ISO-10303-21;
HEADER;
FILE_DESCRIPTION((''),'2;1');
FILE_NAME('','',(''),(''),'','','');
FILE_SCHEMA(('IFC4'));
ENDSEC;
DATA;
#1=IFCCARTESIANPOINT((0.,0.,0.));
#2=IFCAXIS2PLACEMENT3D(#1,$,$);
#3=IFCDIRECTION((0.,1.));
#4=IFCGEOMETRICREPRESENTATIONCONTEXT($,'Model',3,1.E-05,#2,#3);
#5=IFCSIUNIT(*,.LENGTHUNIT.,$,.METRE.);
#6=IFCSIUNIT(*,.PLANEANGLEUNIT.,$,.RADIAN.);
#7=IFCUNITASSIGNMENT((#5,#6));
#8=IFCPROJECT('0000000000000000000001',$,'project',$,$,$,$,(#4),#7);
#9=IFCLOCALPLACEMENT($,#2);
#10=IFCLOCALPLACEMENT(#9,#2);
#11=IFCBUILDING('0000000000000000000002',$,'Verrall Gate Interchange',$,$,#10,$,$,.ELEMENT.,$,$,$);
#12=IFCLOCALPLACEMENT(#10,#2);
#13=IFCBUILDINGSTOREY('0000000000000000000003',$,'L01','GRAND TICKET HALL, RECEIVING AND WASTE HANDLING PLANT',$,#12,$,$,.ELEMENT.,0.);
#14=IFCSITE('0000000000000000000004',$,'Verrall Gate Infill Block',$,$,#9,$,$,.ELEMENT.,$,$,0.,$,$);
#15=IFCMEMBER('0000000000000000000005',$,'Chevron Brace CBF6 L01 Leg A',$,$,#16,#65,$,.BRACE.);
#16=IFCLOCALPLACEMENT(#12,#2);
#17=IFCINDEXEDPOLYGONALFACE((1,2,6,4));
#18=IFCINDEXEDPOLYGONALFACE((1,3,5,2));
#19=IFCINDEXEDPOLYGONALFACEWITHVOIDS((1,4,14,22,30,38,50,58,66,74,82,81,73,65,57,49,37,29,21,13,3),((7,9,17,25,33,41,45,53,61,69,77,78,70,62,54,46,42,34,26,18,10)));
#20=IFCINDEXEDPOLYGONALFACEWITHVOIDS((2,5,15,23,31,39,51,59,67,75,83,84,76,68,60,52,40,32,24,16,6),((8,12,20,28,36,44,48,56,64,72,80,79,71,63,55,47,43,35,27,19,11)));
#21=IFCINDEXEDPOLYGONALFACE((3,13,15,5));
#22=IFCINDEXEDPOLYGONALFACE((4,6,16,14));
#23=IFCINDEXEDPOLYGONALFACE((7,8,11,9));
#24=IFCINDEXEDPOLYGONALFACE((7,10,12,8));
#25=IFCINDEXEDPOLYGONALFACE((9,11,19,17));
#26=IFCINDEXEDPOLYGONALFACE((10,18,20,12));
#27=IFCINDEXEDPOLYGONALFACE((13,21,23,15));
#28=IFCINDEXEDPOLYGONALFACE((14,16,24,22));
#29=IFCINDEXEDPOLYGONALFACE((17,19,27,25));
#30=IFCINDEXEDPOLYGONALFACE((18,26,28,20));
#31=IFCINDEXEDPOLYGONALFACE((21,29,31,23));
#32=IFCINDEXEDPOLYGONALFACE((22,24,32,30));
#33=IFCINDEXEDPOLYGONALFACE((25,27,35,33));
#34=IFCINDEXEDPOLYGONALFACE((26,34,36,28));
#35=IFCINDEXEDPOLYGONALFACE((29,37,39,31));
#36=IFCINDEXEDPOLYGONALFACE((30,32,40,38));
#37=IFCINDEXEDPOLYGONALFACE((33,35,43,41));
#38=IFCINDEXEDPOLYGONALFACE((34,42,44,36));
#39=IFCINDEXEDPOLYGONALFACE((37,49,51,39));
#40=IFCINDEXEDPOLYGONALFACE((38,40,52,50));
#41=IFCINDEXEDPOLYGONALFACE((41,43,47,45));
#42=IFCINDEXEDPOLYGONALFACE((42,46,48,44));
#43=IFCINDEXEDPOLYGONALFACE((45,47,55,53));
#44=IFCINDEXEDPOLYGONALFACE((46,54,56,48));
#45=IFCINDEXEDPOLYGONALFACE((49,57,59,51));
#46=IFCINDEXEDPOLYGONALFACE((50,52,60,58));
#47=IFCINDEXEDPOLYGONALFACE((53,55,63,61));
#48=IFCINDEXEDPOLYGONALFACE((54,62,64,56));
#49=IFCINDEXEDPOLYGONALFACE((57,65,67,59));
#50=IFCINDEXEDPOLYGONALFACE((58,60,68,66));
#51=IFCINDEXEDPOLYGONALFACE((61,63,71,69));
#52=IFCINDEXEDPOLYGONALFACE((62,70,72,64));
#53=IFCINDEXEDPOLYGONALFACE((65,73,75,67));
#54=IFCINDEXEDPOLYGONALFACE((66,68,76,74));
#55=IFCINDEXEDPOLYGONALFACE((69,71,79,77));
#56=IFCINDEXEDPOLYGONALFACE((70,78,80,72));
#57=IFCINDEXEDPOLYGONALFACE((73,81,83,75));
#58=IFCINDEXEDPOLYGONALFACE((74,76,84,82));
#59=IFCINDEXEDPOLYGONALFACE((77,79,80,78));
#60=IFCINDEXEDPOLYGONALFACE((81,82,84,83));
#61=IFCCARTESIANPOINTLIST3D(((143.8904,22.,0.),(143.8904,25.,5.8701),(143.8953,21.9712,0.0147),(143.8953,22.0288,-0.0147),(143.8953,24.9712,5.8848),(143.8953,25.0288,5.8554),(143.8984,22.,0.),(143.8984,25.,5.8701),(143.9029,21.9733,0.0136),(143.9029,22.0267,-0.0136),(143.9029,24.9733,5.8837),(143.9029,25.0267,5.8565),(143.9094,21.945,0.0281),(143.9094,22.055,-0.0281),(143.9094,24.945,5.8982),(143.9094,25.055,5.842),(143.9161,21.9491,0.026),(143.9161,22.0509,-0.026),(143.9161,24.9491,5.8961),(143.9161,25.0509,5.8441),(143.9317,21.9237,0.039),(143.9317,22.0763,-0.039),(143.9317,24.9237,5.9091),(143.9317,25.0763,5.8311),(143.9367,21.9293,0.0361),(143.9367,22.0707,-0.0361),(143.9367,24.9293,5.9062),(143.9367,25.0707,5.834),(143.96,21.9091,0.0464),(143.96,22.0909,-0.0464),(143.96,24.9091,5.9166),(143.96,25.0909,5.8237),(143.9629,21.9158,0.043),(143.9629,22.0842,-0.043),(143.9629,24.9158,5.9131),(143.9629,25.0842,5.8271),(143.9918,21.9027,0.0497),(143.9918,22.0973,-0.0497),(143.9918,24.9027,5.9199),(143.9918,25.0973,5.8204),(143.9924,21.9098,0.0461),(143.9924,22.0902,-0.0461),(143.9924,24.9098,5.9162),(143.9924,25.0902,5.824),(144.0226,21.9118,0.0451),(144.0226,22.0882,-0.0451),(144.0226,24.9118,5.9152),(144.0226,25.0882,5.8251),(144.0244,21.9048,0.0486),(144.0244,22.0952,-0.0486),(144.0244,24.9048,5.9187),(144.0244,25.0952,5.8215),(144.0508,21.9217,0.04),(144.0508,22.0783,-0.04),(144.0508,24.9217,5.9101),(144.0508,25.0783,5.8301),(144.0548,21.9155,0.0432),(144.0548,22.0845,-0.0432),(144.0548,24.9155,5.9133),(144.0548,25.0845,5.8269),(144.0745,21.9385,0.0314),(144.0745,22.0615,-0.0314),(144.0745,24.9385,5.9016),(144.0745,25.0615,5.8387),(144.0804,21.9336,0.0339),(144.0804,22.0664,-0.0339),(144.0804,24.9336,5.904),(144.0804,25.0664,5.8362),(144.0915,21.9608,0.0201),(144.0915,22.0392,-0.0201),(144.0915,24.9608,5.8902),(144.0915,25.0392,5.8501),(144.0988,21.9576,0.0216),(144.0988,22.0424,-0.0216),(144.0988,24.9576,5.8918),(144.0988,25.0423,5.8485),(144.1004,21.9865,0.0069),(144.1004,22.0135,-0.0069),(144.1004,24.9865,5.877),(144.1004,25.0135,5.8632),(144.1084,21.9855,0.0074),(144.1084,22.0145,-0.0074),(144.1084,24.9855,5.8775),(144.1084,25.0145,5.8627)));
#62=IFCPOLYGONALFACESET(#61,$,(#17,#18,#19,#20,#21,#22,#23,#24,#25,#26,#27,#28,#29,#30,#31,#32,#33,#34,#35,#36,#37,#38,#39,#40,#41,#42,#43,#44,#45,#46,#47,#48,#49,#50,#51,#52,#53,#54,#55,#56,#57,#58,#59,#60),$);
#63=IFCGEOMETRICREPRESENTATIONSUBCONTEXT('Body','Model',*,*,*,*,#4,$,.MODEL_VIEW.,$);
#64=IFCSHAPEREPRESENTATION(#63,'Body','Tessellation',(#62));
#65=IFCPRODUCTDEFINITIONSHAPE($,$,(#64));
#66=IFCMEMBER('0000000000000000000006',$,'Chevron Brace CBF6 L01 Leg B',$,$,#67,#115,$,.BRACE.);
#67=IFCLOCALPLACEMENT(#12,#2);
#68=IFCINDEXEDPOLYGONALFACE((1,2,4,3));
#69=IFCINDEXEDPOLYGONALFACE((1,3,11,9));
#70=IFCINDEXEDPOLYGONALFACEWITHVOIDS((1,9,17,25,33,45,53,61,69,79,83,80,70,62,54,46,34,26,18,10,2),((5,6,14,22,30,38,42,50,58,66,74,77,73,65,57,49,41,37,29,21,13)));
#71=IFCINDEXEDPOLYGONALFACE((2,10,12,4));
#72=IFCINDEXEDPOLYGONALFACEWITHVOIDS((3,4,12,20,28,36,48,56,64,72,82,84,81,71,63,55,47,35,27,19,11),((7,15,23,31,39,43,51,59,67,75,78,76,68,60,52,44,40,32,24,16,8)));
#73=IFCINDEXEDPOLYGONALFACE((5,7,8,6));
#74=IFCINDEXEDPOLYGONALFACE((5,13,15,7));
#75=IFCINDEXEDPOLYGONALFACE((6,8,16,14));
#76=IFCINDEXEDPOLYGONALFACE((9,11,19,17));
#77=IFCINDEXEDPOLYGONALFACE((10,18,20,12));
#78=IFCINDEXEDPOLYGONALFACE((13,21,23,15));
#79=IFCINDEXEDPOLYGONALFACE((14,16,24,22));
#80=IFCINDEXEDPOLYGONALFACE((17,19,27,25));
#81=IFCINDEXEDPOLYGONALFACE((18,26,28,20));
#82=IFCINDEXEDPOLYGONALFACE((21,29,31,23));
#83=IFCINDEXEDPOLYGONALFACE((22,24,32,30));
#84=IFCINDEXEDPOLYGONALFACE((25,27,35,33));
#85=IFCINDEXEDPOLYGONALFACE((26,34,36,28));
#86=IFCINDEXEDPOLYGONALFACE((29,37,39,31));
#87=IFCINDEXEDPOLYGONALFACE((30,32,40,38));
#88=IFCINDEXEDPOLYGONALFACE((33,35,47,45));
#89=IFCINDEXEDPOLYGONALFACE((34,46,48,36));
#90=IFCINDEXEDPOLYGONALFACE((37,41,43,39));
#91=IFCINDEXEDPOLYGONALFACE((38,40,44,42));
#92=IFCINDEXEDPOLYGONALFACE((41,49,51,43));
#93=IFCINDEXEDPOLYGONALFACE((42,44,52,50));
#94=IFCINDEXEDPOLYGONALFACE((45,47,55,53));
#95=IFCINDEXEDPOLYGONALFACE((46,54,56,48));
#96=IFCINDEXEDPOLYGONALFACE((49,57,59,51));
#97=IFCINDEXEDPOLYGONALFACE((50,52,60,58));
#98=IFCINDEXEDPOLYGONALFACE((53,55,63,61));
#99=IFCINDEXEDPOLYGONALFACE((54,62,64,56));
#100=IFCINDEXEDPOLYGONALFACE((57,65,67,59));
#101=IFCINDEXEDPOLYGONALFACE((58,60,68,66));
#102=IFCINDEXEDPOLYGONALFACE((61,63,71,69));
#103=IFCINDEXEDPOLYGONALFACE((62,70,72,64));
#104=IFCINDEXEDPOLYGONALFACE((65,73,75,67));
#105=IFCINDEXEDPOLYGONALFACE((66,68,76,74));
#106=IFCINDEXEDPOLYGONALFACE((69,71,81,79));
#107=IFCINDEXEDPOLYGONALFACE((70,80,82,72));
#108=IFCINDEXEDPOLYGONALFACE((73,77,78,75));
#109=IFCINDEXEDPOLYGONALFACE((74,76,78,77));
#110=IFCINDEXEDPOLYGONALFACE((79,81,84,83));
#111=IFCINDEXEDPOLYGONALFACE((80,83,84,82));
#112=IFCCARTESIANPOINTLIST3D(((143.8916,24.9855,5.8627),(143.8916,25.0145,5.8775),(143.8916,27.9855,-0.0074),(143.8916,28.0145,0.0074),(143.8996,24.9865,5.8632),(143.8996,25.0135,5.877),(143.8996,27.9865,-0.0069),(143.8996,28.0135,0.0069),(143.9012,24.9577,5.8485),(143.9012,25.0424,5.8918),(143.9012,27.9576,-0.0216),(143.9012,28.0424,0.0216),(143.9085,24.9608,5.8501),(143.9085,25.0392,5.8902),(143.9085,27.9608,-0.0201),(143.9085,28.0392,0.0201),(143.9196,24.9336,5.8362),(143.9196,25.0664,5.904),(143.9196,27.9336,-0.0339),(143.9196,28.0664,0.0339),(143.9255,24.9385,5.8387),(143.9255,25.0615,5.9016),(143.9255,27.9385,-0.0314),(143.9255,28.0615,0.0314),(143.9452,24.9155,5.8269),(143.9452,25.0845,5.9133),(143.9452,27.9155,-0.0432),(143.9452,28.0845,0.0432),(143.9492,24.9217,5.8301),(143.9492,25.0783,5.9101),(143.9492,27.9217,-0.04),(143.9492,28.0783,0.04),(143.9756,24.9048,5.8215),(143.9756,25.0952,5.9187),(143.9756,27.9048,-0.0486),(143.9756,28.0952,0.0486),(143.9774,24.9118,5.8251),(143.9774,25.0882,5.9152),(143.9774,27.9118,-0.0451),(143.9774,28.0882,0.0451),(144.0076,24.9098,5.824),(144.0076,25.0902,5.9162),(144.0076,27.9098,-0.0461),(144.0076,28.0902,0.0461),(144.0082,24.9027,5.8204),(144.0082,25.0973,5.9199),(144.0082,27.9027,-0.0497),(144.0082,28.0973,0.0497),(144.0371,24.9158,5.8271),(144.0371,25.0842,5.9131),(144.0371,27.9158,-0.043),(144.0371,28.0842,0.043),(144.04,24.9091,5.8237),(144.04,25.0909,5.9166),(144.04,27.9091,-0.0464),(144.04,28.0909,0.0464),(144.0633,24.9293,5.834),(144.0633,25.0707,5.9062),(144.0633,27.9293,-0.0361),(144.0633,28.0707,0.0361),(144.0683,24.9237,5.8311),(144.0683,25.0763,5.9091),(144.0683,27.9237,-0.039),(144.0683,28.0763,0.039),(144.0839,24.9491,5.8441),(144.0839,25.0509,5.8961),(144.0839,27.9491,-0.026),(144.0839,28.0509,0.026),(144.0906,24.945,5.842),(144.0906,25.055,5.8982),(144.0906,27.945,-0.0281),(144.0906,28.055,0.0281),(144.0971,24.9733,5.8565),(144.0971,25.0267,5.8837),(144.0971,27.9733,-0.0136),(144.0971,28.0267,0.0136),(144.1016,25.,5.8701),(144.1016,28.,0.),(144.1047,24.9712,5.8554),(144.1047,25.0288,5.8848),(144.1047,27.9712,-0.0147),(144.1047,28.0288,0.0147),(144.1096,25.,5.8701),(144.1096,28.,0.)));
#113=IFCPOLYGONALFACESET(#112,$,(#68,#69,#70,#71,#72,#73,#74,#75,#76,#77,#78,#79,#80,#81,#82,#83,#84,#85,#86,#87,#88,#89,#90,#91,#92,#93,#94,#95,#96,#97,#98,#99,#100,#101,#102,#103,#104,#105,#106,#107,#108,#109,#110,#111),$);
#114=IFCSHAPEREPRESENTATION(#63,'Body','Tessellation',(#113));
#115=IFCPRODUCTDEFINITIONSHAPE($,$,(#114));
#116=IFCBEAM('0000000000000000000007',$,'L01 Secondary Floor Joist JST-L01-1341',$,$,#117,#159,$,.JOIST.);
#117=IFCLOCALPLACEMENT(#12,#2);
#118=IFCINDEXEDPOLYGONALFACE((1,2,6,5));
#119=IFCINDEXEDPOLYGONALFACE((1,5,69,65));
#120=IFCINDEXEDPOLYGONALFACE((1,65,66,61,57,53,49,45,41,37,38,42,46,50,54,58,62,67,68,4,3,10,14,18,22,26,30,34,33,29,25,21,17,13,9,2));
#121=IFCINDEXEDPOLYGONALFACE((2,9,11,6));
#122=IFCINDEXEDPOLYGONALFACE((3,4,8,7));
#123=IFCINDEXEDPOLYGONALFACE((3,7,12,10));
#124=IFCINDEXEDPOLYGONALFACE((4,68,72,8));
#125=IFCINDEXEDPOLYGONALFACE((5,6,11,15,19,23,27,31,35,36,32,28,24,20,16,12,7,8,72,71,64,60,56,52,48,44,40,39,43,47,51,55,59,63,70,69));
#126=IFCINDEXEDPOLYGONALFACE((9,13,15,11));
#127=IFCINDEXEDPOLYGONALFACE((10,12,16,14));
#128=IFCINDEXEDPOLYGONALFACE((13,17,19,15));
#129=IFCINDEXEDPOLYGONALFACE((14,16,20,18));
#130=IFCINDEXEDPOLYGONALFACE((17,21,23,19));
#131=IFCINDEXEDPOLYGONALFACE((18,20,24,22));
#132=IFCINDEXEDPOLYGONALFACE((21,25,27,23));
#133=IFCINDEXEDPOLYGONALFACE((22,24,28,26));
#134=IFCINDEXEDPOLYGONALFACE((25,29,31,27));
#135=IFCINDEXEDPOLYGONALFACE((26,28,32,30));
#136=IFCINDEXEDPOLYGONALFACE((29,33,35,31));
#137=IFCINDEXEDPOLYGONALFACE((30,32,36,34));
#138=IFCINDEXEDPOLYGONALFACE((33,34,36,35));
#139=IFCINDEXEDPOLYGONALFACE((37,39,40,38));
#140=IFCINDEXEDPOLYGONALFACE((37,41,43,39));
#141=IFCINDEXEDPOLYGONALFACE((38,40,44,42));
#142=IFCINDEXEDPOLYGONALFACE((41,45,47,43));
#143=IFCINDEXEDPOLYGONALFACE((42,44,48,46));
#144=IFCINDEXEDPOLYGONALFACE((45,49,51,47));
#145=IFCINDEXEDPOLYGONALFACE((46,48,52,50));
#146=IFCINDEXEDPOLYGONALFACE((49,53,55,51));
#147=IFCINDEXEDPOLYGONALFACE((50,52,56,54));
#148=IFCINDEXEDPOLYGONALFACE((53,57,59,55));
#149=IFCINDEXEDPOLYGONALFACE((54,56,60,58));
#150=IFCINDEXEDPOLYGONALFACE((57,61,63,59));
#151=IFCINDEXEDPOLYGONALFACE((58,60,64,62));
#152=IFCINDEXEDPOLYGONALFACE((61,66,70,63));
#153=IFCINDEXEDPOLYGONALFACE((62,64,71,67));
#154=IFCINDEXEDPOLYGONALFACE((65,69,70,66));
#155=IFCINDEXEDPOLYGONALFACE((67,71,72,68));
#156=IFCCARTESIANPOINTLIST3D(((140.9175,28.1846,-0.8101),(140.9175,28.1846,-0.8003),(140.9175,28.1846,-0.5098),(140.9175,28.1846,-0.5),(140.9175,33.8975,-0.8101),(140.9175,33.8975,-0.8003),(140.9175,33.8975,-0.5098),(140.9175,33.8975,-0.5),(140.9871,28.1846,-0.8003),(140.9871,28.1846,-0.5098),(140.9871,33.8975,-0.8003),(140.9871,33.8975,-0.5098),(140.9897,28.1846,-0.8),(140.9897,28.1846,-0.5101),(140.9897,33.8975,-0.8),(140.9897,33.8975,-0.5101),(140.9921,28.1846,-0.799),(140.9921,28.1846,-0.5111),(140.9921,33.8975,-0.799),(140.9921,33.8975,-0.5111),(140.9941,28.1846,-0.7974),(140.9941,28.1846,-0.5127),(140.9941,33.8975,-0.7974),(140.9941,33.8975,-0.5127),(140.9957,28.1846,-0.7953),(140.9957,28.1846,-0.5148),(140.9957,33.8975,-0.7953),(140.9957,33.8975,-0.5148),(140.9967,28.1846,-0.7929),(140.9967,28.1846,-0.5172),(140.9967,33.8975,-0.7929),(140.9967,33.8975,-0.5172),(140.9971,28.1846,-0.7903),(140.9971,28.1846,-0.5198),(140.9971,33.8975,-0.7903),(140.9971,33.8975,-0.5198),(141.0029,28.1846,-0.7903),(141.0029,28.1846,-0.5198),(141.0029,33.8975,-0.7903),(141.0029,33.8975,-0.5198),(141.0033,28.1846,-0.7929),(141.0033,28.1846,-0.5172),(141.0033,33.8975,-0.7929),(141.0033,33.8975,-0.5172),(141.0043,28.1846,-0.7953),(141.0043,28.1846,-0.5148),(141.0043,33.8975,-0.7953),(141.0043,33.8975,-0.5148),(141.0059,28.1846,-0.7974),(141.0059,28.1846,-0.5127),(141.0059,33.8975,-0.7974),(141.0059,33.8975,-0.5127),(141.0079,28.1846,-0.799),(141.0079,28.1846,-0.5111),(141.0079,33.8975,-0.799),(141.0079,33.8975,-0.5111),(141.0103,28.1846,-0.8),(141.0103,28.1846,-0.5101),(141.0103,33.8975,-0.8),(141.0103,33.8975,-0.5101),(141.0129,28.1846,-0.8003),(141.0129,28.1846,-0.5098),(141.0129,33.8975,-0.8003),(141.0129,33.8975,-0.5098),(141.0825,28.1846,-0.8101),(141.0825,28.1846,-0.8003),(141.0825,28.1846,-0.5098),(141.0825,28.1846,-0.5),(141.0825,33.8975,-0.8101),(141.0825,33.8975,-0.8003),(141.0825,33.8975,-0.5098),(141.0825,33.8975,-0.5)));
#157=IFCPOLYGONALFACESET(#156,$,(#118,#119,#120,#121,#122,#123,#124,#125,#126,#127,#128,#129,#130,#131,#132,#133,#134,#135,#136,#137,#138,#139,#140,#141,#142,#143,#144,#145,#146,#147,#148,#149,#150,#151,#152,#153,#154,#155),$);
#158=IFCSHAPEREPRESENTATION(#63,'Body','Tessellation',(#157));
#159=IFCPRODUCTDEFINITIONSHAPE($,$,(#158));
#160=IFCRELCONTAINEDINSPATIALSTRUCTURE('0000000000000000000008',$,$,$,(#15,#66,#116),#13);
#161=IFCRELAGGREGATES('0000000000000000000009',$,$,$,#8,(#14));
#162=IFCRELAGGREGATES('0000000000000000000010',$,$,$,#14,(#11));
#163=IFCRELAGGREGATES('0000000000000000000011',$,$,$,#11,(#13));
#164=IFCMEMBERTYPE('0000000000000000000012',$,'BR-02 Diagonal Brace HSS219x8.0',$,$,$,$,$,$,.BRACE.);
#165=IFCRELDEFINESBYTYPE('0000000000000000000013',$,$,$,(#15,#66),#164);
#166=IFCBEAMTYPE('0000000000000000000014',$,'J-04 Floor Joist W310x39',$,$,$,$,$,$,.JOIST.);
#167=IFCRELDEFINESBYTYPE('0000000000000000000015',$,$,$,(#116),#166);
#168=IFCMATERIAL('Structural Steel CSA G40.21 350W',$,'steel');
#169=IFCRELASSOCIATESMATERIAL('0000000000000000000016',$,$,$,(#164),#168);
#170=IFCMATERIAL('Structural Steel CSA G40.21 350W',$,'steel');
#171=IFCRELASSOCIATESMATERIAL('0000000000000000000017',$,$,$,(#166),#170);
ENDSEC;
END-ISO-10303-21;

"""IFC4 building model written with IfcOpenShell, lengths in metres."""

from ifc_helpers import new_model, si_unit, direction, frame, origin, origin_2d, place, context, subcontext, project, spatial, hollow_circle, i_section, extrude, material, material_profile, profile_set, type_object, element, save


model = new_model("IFC4")

# Units and contexts
model_context = context("Model", 3, precision=1e-05, world=origin(), true_north=direction((0.0, 1.0)))
body_context = subcontext(model_context, "Body", "Model", "MODEL_VIEW")
ifc_project = project(units=[si_unit("LENGTHUNIT", "METRE"), si_unit("PLANEANGLEUNIT", "RADIAN")], contexts=[model_context])

# Site, building, storey
site_placement = place(None, origin())
site = spatial("IfcSite", under=ifc_project, at=site_placement, Name="Verrall Gate Infill Block", CompositionType="ELEMENT", RefElevation=0.0)
building_placement = place(site_placement, origin())
building = spatial("IfcBuilding", under=site, at=building_placement, Name="Verrall Gate Interchange", CompositionType="ELEMENT")
storey_placement = place(building_placement, origin())
storey = spatial("IfcBuildingStorey", under=building, at=storey_placement, Name="L01", Description="GRAND TICKET HALL, RECEIVING AND WASTE HANDLING PLANT", CompositionType="ELEMENT", Elevation=0.0)

# Members
ifc_material_1 = material(Name="Structural Steel CSA G40.21 350W", Category="steel")
ifc_material_profile_1 = material_profile(ifc_material_1, hollow_circle(Radius=0.1096, WallThickness=0.0081, at=origin_2d()), Name="HSS219x8.0")
ifc_profile_set_1 = profile_set([ifc_material_profile_1], Name="Structural Steel CSA G40.21 350W")
member_type = type_object("IfcMemberType", Name="BR-02 Diagonal Brace HSS219x8.0", PredefinedType="BRACE", material=ifc_profile_set_1)
for number, where, z_axis, x_axis, name in (
    (1, (144.0, 22.0, 0.0), (0.0, 0.455077, 0.890452), (-1.0, 0.0, 0.0), "Chevron Brace CBF6 L01 Leg A"),
    (2, (144.0, 28.0, 0.0), (0.0, -0.455077, 0.890452), (1.0, 0.0, 0.0), "Chevron Brace CBF6 L01 Leg B"),
):
    element("IfcMember", number, at=place(storey_placement, frame(where, z_axis=z_axis, x_axis=x_axis)), inside=storey, type_object=member_type, Name=name, PredefinedType="BRACE", context=body_context, shape_type="SweptSolid", body=[
        extrude(hollow_circle(Radius=0.1096, WallThickness=0.0081, at=origin_2d()), origin(), (0.0, 0.0, 1.0), 6.5923),
    ])

# Beam
ifc_material_2 = material(Name="Structural Steel CSA G40.21 350W", Category="steel")
ifc_material_profile_2 = material_profile(ifc_material_2, i_section(OverallWidth=0.165, OverallDepth=0.3101, WebThickness=0.0059, FlangeThickness=0.0098, FilletRadius=0.01, at=origin_2d()), Name="W310x39")
ifc_profile_set_2 = profile_set([ifc_material_profile_2], Name="Structural Steel CSA G40.21 350W")
beam_type_1 = type_object("IfcBeamType", Name="J-04 Floor Joist W310x39", PredefinedType="JOIST", material=ifc_profile_set_2)
beam_1_placement = place(storey_placement, frame((141.0, 28.1846, -0.655), z_axis=(0.0, 1.0, 0.0), x_axis=(-1.0, 0.0, 0.0)))
element("IfcBeam", 3, at=beam_1_placement, inside=storey, type_object=beam_type_1, Name="L01 Secondary Floor Joist JST-L01-1341", PredefinedType="JOIST", context=body_context, shape_type="SweptSolid", body=[
    extrude(i_section(OverallWidth=0.165, OverallDepth=0.3101, WebThickness=0.0059, FlangeThickness=0.0098, FilletRadius=0.01, at=origin_2d()), origin(), (0.0, 0.0, 1.0), 5.7129),
])

save(model, "model.ifc")
